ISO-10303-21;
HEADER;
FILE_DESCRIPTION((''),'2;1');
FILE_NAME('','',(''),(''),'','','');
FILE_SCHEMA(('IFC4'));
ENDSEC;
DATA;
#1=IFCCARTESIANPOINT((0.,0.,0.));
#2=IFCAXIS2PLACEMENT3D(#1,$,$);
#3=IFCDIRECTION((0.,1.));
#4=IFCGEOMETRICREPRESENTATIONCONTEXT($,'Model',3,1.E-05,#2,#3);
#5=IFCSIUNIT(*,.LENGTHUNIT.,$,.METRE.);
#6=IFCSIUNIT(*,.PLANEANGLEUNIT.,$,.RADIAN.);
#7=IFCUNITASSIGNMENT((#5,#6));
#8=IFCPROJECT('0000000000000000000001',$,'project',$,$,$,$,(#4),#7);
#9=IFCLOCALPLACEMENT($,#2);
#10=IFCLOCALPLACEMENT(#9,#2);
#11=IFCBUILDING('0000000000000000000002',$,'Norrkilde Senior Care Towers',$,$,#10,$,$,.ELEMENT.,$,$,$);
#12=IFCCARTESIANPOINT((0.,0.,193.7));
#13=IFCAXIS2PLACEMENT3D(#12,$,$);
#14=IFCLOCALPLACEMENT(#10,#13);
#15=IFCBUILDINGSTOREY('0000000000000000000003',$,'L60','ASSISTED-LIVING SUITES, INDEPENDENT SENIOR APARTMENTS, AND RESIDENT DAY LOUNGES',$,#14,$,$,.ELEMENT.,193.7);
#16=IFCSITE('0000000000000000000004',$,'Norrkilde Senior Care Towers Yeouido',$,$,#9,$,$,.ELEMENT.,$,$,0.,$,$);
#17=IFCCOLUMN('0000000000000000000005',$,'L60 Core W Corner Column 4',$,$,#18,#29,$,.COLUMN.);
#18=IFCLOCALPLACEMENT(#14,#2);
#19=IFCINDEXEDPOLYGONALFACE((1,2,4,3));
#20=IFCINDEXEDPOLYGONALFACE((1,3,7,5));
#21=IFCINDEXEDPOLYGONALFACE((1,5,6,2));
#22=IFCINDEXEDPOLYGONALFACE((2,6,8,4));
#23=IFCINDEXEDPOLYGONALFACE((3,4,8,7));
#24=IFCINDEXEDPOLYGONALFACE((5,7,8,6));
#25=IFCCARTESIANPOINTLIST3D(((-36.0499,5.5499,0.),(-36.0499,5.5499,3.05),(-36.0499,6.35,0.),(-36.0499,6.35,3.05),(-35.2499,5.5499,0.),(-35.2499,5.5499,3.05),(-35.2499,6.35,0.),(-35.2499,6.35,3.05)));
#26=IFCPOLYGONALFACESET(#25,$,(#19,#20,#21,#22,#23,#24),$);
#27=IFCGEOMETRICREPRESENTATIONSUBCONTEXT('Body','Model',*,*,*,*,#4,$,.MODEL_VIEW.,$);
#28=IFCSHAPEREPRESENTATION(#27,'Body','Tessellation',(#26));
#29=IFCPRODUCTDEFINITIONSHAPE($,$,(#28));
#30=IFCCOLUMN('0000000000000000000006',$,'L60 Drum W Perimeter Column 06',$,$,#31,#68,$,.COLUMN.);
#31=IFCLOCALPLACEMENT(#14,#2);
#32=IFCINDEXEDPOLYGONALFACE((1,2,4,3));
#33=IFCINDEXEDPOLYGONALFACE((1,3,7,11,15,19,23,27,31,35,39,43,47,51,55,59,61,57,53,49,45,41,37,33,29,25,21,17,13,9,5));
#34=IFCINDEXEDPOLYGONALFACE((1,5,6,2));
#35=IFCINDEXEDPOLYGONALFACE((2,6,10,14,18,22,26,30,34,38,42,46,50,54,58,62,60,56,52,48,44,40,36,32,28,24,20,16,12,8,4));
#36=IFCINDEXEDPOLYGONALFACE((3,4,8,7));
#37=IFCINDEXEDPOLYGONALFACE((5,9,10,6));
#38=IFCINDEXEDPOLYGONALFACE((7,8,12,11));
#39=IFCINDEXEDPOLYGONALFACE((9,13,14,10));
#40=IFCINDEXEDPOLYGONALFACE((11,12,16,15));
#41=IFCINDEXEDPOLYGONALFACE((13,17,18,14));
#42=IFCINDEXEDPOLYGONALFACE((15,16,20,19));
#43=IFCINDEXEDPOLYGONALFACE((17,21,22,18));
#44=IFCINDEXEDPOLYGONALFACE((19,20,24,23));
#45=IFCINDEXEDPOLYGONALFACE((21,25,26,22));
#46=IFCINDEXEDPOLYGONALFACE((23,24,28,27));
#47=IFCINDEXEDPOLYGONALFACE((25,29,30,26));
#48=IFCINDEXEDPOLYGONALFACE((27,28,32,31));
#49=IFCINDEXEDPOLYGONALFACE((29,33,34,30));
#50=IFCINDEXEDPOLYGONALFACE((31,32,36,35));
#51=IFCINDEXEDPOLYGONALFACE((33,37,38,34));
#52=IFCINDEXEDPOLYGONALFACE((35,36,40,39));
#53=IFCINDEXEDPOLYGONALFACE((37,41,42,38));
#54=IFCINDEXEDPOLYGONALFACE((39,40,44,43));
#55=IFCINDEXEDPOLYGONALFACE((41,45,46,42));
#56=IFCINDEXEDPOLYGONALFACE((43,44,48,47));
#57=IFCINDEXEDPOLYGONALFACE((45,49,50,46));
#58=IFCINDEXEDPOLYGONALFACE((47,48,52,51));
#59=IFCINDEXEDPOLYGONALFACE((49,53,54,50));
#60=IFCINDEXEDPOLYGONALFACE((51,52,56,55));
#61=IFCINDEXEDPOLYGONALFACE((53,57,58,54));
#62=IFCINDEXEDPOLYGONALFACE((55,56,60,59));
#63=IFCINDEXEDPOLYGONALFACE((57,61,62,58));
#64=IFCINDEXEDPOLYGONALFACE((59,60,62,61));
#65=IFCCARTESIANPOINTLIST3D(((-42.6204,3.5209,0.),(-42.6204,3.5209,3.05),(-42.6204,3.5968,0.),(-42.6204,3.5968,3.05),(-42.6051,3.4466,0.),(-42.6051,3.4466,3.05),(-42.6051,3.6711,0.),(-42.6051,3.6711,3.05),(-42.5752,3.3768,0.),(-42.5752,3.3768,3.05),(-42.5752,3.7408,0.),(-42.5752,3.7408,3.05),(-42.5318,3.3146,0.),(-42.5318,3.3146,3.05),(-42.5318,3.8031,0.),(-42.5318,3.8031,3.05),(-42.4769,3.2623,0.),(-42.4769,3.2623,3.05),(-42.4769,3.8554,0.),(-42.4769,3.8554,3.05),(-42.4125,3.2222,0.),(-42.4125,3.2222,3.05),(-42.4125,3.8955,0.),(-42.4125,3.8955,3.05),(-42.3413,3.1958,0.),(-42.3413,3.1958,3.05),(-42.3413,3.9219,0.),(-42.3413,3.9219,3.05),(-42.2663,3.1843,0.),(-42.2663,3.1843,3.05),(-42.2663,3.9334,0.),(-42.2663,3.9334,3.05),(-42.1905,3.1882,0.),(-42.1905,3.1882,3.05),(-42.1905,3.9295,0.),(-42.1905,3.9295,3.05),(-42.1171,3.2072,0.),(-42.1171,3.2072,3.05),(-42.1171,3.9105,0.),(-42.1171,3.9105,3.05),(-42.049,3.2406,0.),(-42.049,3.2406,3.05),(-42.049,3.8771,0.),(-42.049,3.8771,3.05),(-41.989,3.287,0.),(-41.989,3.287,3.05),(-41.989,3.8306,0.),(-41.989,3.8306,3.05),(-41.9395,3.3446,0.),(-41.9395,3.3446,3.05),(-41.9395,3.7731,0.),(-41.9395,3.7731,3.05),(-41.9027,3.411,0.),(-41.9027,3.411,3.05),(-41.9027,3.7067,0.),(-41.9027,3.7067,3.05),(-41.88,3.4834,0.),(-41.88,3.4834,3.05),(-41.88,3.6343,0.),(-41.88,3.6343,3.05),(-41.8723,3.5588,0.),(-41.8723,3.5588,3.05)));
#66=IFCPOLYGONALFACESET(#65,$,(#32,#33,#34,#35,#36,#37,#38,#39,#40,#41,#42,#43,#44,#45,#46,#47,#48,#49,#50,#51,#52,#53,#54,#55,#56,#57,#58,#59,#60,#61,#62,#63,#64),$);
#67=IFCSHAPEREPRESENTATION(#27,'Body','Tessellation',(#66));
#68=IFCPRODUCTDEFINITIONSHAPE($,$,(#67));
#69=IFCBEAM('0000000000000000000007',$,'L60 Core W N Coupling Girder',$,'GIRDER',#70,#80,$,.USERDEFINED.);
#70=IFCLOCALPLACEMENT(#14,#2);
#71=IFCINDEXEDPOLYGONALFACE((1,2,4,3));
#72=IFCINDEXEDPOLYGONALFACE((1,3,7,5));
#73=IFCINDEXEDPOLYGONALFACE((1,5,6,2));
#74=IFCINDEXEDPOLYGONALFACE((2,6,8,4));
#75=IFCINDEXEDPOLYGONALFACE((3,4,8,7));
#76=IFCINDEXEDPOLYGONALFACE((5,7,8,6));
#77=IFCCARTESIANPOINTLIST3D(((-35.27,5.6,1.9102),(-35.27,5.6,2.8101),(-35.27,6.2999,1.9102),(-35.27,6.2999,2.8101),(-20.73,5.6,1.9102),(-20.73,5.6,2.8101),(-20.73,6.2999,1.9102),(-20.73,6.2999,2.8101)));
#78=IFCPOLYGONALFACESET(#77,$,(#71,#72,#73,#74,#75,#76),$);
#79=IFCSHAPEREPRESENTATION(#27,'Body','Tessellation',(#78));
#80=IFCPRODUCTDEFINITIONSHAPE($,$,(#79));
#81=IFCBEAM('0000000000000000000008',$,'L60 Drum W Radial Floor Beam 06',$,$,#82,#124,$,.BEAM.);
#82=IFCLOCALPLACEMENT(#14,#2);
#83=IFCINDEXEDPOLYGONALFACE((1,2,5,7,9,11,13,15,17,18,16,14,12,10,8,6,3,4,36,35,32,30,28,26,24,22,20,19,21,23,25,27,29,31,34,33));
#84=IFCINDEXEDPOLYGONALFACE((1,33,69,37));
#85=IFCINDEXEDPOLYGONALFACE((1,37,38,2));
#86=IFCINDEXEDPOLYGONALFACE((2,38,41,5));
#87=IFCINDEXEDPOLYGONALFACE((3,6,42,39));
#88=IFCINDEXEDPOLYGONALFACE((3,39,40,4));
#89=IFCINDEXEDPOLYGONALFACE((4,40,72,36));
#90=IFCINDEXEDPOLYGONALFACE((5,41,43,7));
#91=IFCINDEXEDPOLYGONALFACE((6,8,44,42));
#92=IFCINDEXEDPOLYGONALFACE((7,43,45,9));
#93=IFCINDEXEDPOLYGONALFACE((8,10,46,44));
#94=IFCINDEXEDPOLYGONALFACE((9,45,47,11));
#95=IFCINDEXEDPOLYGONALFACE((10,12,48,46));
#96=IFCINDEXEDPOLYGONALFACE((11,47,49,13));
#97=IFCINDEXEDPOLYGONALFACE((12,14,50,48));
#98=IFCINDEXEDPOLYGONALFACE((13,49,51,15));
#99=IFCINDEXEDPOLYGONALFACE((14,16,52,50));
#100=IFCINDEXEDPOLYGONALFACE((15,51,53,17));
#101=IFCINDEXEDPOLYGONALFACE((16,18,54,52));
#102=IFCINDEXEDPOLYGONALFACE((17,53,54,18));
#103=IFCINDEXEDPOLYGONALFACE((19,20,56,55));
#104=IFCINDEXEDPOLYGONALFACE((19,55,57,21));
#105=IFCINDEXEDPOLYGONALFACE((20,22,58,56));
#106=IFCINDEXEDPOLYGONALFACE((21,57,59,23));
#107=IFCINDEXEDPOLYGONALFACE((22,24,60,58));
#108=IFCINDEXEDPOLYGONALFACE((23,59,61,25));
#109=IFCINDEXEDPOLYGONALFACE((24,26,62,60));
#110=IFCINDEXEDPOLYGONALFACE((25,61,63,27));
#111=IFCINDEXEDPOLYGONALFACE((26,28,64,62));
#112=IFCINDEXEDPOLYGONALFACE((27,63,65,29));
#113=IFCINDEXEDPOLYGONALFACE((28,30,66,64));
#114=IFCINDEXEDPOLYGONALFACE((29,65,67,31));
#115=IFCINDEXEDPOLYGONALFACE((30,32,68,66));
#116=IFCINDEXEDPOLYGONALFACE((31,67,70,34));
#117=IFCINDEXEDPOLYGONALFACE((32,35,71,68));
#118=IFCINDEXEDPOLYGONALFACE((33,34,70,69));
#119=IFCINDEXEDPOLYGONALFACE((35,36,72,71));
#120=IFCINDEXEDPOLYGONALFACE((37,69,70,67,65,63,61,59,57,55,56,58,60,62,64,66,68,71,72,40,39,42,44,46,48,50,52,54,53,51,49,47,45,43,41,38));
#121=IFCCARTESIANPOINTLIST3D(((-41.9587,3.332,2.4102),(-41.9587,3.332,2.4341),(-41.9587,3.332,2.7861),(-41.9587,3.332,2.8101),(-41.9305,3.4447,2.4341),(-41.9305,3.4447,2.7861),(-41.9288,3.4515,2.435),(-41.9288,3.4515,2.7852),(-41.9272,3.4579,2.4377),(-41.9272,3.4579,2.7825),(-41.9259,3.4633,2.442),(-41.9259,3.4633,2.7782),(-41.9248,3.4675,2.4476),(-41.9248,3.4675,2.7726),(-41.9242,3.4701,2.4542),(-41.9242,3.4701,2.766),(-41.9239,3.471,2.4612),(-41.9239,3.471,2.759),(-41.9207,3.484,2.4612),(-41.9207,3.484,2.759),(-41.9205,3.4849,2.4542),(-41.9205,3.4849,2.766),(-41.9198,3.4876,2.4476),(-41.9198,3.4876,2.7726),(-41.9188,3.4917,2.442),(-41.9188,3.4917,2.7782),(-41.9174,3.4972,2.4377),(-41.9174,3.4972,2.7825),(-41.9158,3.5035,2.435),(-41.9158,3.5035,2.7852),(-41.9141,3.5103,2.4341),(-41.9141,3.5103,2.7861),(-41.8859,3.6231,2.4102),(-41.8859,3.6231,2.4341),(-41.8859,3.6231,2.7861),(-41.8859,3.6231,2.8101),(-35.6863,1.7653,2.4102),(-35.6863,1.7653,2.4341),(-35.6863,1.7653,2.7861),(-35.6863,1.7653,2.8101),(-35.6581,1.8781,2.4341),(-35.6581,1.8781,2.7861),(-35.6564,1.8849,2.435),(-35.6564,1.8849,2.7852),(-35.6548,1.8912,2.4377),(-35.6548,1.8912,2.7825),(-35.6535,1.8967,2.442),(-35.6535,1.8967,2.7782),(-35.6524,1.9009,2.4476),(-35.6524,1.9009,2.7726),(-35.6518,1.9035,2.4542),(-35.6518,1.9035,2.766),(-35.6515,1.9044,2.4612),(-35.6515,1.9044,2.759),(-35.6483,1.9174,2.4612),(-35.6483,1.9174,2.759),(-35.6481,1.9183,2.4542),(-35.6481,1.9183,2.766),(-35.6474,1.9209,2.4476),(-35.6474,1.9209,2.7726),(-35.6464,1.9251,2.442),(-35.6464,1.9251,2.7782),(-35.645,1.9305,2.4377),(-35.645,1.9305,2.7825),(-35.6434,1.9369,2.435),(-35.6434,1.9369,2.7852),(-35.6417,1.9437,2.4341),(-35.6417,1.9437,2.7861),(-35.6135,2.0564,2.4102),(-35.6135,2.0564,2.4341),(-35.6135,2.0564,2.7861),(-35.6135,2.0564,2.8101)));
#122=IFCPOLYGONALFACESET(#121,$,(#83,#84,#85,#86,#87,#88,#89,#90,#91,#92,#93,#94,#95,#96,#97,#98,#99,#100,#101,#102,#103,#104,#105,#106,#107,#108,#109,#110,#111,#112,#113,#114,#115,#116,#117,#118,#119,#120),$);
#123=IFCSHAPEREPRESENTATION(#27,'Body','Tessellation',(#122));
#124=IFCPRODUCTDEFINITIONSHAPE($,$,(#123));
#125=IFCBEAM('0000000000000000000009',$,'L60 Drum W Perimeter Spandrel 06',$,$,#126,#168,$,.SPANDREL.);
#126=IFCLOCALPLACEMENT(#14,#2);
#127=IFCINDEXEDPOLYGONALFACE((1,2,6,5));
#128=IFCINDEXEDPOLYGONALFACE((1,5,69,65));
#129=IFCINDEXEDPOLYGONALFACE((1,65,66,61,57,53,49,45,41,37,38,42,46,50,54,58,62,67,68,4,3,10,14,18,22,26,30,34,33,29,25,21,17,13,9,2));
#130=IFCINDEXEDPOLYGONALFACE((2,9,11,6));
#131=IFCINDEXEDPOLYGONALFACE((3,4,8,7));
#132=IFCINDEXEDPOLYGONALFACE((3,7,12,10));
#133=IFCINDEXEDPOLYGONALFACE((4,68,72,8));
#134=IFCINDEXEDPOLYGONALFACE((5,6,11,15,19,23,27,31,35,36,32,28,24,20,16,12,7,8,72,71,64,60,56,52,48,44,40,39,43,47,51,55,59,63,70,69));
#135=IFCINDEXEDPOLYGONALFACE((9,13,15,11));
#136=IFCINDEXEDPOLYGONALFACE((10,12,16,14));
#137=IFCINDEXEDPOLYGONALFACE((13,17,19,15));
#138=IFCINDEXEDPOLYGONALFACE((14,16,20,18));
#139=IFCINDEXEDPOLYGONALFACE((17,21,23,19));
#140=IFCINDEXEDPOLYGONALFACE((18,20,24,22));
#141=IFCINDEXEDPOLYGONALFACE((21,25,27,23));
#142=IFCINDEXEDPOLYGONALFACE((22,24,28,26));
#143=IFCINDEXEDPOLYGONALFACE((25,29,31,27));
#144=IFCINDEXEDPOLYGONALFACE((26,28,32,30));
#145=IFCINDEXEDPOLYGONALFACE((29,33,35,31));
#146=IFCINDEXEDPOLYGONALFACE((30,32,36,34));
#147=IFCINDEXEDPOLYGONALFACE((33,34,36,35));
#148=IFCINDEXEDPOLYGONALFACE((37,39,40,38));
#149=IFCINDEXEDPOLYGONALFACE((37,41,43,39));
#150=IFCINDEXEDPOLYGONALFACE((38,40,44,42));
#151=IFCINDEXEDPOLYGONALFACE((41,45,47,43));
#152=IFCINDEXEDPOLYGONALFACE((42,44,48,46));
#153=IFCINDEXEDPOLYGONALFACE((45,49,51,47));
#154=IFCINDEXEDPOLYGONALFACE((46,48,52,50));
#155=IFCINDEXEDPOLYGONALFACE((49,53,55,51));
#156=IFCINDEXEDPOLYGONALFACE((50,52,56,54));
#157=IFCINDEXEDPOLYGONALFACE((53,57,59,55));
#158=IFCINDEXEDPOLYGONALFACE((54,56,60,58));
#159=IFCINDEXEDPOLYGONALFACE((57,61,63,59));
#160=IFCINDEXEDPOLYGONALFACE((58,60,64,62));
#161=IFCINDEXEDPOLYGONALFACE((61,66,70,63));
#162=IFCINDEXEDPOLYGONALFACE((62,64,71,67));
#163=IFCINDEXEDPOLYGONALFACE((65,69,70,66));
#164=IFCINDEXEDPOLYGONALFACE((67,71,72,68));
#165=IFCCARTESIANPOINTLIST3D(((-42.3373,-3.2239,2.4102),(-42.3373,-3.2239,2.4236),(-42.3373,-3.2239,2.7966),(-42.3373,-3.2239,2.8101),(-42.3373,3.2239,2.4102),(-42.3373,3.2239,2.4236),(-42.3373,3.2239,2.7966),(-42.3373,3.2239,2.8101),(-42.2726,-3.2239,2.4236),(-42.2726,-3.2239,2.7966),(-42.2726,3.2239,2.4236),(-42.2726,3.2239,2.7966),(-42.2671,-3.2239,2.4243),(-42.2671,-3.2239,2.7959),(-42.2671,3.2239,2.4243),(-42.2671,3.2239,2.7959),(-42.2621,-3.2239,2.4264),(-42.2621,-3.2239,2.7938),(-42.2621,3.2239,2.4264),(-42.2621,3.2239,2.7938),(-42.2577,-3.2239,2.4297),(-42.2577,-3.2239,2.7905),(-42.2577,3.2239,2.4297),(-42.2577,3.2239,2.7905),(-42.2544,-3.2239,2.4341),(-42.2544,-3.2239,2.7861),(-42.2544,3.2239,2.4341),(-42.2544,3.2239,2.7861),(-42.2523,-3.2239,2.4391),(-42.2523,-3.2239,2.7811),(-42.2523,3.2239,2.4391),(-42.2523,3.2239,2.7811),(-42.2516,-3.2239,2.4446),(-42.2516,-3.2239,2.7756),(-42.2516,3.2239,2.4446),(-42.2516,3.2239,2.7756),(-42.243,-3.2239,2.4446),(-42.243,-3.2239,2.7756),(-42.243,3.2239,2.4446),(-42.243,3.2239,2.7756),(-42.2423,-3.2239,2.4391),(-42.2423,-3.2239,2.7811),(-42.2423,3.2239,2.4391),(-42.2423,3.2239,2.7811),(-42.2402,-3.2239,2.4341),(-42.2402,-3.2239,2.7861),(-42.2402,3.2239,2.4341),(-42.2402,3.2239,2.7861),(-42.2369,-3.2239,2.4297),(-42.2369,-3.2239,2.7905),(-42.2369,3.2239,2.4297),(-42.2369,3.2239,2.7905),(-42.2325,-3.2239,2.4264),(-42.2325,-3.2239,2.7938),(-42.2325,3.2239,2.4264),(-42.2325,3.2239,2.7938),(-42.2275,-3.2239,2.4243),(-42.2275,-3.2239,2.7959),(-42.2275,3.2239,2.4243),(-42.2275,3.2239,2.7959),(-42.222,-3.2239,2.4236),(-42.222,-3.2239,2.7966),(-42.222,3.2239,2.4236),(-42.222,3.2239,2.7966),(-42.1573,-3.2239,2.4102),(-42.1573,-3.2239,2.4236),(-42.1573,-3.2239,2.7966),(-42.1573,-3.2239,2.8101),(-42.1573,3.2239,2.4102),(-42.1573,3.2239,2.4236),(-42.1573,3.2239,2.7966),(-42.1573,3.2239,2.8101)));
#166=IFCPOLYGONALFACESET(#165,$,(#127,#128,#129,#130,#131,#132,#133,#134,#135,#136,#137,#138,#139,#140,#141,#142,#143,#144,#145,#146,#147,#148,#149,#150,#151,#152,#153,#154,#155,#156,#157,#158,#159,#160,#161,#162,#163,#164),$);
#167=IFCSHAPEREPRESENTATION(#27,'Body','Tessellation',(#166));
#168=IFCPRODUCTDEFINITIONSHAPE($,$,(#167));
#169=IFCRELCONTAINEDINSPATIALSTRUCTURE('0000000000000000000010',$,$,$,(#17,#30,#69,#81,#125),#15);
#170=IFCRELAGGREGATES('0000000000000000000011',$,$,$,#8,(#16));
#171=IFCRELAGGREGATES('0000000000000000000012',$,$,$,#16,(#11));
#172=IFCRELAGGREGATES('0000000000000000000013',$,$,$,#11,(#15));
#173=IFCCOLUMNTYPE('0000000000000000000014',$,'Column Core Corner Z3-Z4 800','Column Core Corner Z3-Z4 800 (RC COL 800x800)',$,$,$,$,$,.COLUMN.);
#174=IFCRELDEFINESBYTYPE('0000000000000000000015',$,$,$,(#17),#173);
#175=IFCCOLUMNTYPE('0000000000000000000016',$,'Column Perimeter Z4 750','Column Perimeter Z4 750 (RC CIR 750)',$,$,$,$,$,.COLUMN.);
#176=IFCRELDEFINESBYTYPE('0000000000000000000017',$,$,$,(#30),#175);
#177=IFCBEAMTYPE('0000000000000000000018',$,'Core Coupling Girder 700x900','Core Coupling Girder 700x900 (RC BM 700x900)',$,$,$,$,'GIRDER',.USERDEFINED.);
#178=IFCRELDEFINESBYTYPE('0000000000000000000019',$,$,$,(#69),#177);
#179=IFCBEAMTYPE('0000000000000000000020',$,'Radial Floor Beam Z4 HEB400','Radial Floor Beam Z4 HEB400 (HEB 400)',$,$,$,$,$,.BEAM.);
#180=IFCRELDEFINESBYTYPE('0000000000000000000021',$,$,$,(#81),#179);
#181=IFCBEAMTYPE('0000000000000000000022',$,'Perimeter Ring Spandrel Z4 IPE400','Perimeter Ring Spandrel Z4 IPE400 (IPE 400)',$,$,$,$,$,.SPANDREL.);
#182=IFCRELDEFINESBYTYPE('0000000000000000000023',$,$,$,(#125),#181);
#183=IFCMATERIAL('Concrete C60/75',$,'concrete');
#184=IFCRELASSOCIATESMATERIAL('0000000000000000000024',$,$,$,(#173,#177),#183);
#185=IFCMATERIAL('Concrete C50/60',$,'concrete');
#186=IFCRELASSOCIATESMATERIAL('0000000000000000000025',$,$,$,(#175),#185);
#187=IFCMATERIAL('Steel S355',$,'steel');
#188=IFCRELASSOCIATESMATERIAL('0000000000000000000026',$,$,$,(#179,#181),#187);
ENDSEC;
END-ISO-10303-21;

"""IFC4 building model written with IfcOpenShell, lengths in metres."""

from ifc_helpers import new_model, si_unit, direction, frame, origin, origin_2d, place, context, subcontext, project, spatial, rectangle, circle, i_section, extrude, source, transform, mapped, material, material_profile, profile_set, type_object, type_shapes, element, save


model = new_model("IFC4")

# Units and contexts
model_context = context("Model", 3, precision=1e-05, world=origin(), true_north=direction((0.0, 1.0)))
body_context = subcontext(model_context, "Body", "Model", "MODEL_VIEW")
ifc_project = project(units=[si_unit("LENGTHUNIT", "METRE"), si_unit("PLANEANGLEUNIT", "RADIAN")], contexts=[model_context])

# Site, building, storey
site_placement = place(None, origin())
site = spatial("IfcSite", under=ifc_project, at=site_placement, Name="Norrkilde Senior Care Towers Yeouido", CompositionType="ELEMENT", RefElevation=0.0)
building_placement = place(site_placement, origin())
building = spatial("IfcBuilding", under=site, at=building_placement, Name="Norrkilde Senior Care Towers", CompositionType="ELEMENT")
storey_placement = place(building_placement, frame((0.0, 0.0, 193.7)))
storey = spatial("IfcBuildingStorey", under=building, at=storey_placement, Name="L60", Description="ASSISTED-LIVING SUITES, INDEPENDENT SENIOR APARTMENTS, AND RESIDENT DAY LOUNGES", CompositionType="ELEMENT", Elevation=193.7)

# Columns
ifc_material_1 = material(Name="Concrete C60/75", Category="concrete")
ifc_material_profile_1 = material_profile(ifc_material_1, rectangle(XDim=0.8, YDim=0.8, at=origin_2d()), Name="RC COL 800x800")
ifc_profile_set_1 = profile_set([ifc_material_profile_1], Name="Concrete C60/75")
column_type_1 = type_object("IfcColumnType", Name="Column Core Corner Z3-Z4 800", Description="Column Core Corner Z3-Z4 800 (RC COL 800x800)", PredefinedType="COLUMN", material=ifc_profile_set_1)
shared_shape_1 = source(origin(), body_context, "Body", "SweptSolid", [
    extrude(rectangle(XDim=0.8, YDim=0.8, at=origin_2d()), origin(), (0.0, 0.0, 1.0), 3.05),
])
type_shapes(column_type_1, [shared_shape_1])
column_1_placement = place(storey_placement, frame((-35.6499, 5.95, 0.0), z_axis=(0.0, 0.0, 1.0), x_axis=(1.0, 0.0, 0.0)))
element("IfcColumn", 1, at=column_1_placement, inside=storey, type_object=column_type_1, Name="L60 Core W Corner Column 4", PredefinedType="COLUMN", context=body_context, shape_type="MappedRepresentation", body=[
    mapped(shared_shape_1, transform((0.0, 0.0, 0.0), x_axis=(1.0, 0.0, 0.0), y_axis=(0.0, 1.0, 0.0), z_axis=(0.0, 0.0, 1.0), scale=1.0)),
])
ifc_material_2 = material(Name="Concrete C50/60", Category="concrete")
ifc_material_profile_2 = material_profile(ifc_material_2, circle(Radius=0.375, at=origin_2d()), Name="RC CIR 750")
ifc_profile_set_2 = profile_set([ifc_material_profile_2], Name="Concrete C50/60")
column_type_2 = type_object("IfcColumnType", Name="Column Perimeter Z4 750", Description="Column Perimeter Z4 750 (RC CIR 750)", PredefinedType="COLUMN", material=ifc_profile_set_2)
shared_shape_2 = source(origin(), body_context, "Body", "SweptSolid", [
    extrude(circle(Radius=0.375, at=origin_2d()), origin(), (0.0, 0.0, 1.0), 3.05),
])
type_shapes(column_type_2, [shared_shape_2])
column_2_placement = place(storey_placement, frame((-42.2473, 3.5588, 0.0), z_axis=(0.0, 0.0, 1.0), x_axis=(1.0, 0.0, 0.0)))
element("IfcColumn", 2, at=column_2_placement, inside=storey, type_object=column_type_2, Name="L60 Drum W Perimeter Column 06", PredefinedType="COLUMN", context=body_context, shape_type="MappedRepresentation", body=[
    mapped(shared_shape_2, transform((0.0, 0.0, 0.0), x_axis=(1.0, 0.0, 0.0), y_axis=(0.0, 1.0, 0.0), z_axis=(0.0, 0.0, 1.0), scale=1.0)),
])

# Beams
ifc_material_profile_3 = material_profile(ifc_material_1, rectangle(XDim=0.7, YDim=0.8999, at=origin_2d()), Name="RC BM 700x900")
ifc_profile_set_3 = profile_set([ifc_material_profile_3], Name="Concrete C60/75")
beam_type_1 = type_object("IfcBeamType", Name="Core Coupling Girder 700x900", Description="Core Coupling Girder 700x900 (RC BM 700x900)", ElementType="GIRDER", PredefinedType="USERDEFINED", material=ifc_profile_set_3)
shared_shape_3 = source(origin(), body_context, "Body", "SweptSolid", [
    extrude(rectangle(XDim=0.7, YDim=0.8999, at=origin_2d()), origin(), (0.0, 0.0, 1.0), 14.54),
])
type_shapes(beam_type_1, [shared_shape_3])
beam_1_placement = place(storey_placement, frame((-35.27, 5.95, 2.3601), z_axis=(1.0, 0.0, 0.0), x_axis=(0.0, 1.0, 0.0)))
element("IfcBeam", 3, at=beam_1_placement, inside=storey, type_object=beam_type_1, Name="L60 Core W N Coupling Girder", ObjectType="GIRDER", PredefinedType="USERDEFINED", context=body_context, shape_type="MappedRepresentation", body=[
    mapped(shared_shape_3, transform((0.0, 0.0, 0.0), x_axis=(1.0, 0.0, 0.0), y_axis=(0.0, 1.0, 0.0), z_axis=(0.0, 0.0, 1.0), scale=1.0)),
])
ifc_material_3 = material(Name="Steel S355", Category="steel")
ifc_material_profile_4 = material_profile(ifc_material_3, i_section(OverallWidth=0.3, OverallDepth=0.3999, WebThickness=0.0134, FlangeThickness=0.0239, FilletRadius=0.0271, at=origin_2d()), Name="HEB 400")
ifc_profile_set_4 = profile_set([ifc_material_profile_4], Name="Steel S355")
beam_type_2 = type_object("IfcBeamType", Name="Radial Floor Beam Z4 HEB400", Description="Radial Floor Beam Z4 HEB400 (HEB 400)", PredefinedType="BEAM", material=ifc_profile_set_4)
shared_shape_4 = source(origin(), body_context, "Body", "SweptSolid", [
    extrude(i_section(OverallWidth=0.3, OverallDepth=0.3999, WebThickness=0.0134, FlangeThickness=0.0239, FilletRadius=0.0271, at=origin_2d()), origin(), (0.0, 0.0, 1.0), 6.4651),
])
type_shapes(beam_type_2, [shared_shape_4])
beam_2_placement = place(storey_placement, frame((-35.6499, 1.9109, 2.6101), z_axis=(-0.970196, 0.242322, 0.0), x_axis=(-0.242322, -0.970196, 0.0)))
element("IfcBeam", 4, at=beam_2_placement, inside=storey, type_object=beam_type_2, Name="L60 Drum W Radial Floor Beam 06", PredefinedType="BEAM", context=body_context, shape_type="MappedRepresentation", body=[
    mapped(shared_shape_4, transform((0.0, 0.0, 0.0), x_axis=(1.0, 0.0, 0.0), y_axis=(0.0, 1.0, 0.0), z_axis=(0.0, 0.0, 1.0), scale=1.0)),
])
ifc_material_profile_5 = material_profile(ifc_material_3, i_section(OverallWidth=0.1799, OverallDepth=0.3999, WebThickness=0.0085, FlangeThickness=0.0134, FilletRadius=0.021, at=origin_2d()), Name="IPE 400")
ifc_profile_set_5 = profile_set([ifc_material_profile_5], Name="Steel S355")
beam_type_3 = type_object("IfcBeamType", Name="Perimeter Ring Spandrel Z4 IPE400", Description="Perimeter Ring Spandrel Z4 IPE400 (IPE 400)", PredefinedType="SPANDREL", material=ifc_profile_set_5)
shared_shape_5 = source(origin(), body_context, "Body", "SweptSolid", [
    extrude(i_section(OverallWidth=0.1799, OverallDepth=0.3999, WebThickness=0.0085, FlangeThickness=0.0134, FilletRadius=0.021, at=origin_2d()), origin(), (0.0, 0.0, 1.0), 6.4478),
])
type_shapes(beam_type_3, [shared_shape_5])
beam_3_placement = place(storey_placement, frame((-42.2473, 3.2239, 2.6101), z_axis=(0.0, -1.0, 0.0), x_axis=(1.0, 0.0, 0.0)))
element("IfcBeam", 5, at=beam_3_placement, inside=storey, type_object=beam_type_3, Name="L60 Drum W Perimeter Spandrel 06", PredefinedType="SPANDREL", context=body_context, shape_type="MappedRepresentation", body=[
    mapped(shared_shape_5, transform((0.0, 0.0, 0.0), x_axis=(1.0, 0.0, 0.0), y_axis=(0.0, 1.0, 0.0), z_axis=(0.0, 0.0, 1.0), scale=1.0)),
])

save(model, "model.ifc")
